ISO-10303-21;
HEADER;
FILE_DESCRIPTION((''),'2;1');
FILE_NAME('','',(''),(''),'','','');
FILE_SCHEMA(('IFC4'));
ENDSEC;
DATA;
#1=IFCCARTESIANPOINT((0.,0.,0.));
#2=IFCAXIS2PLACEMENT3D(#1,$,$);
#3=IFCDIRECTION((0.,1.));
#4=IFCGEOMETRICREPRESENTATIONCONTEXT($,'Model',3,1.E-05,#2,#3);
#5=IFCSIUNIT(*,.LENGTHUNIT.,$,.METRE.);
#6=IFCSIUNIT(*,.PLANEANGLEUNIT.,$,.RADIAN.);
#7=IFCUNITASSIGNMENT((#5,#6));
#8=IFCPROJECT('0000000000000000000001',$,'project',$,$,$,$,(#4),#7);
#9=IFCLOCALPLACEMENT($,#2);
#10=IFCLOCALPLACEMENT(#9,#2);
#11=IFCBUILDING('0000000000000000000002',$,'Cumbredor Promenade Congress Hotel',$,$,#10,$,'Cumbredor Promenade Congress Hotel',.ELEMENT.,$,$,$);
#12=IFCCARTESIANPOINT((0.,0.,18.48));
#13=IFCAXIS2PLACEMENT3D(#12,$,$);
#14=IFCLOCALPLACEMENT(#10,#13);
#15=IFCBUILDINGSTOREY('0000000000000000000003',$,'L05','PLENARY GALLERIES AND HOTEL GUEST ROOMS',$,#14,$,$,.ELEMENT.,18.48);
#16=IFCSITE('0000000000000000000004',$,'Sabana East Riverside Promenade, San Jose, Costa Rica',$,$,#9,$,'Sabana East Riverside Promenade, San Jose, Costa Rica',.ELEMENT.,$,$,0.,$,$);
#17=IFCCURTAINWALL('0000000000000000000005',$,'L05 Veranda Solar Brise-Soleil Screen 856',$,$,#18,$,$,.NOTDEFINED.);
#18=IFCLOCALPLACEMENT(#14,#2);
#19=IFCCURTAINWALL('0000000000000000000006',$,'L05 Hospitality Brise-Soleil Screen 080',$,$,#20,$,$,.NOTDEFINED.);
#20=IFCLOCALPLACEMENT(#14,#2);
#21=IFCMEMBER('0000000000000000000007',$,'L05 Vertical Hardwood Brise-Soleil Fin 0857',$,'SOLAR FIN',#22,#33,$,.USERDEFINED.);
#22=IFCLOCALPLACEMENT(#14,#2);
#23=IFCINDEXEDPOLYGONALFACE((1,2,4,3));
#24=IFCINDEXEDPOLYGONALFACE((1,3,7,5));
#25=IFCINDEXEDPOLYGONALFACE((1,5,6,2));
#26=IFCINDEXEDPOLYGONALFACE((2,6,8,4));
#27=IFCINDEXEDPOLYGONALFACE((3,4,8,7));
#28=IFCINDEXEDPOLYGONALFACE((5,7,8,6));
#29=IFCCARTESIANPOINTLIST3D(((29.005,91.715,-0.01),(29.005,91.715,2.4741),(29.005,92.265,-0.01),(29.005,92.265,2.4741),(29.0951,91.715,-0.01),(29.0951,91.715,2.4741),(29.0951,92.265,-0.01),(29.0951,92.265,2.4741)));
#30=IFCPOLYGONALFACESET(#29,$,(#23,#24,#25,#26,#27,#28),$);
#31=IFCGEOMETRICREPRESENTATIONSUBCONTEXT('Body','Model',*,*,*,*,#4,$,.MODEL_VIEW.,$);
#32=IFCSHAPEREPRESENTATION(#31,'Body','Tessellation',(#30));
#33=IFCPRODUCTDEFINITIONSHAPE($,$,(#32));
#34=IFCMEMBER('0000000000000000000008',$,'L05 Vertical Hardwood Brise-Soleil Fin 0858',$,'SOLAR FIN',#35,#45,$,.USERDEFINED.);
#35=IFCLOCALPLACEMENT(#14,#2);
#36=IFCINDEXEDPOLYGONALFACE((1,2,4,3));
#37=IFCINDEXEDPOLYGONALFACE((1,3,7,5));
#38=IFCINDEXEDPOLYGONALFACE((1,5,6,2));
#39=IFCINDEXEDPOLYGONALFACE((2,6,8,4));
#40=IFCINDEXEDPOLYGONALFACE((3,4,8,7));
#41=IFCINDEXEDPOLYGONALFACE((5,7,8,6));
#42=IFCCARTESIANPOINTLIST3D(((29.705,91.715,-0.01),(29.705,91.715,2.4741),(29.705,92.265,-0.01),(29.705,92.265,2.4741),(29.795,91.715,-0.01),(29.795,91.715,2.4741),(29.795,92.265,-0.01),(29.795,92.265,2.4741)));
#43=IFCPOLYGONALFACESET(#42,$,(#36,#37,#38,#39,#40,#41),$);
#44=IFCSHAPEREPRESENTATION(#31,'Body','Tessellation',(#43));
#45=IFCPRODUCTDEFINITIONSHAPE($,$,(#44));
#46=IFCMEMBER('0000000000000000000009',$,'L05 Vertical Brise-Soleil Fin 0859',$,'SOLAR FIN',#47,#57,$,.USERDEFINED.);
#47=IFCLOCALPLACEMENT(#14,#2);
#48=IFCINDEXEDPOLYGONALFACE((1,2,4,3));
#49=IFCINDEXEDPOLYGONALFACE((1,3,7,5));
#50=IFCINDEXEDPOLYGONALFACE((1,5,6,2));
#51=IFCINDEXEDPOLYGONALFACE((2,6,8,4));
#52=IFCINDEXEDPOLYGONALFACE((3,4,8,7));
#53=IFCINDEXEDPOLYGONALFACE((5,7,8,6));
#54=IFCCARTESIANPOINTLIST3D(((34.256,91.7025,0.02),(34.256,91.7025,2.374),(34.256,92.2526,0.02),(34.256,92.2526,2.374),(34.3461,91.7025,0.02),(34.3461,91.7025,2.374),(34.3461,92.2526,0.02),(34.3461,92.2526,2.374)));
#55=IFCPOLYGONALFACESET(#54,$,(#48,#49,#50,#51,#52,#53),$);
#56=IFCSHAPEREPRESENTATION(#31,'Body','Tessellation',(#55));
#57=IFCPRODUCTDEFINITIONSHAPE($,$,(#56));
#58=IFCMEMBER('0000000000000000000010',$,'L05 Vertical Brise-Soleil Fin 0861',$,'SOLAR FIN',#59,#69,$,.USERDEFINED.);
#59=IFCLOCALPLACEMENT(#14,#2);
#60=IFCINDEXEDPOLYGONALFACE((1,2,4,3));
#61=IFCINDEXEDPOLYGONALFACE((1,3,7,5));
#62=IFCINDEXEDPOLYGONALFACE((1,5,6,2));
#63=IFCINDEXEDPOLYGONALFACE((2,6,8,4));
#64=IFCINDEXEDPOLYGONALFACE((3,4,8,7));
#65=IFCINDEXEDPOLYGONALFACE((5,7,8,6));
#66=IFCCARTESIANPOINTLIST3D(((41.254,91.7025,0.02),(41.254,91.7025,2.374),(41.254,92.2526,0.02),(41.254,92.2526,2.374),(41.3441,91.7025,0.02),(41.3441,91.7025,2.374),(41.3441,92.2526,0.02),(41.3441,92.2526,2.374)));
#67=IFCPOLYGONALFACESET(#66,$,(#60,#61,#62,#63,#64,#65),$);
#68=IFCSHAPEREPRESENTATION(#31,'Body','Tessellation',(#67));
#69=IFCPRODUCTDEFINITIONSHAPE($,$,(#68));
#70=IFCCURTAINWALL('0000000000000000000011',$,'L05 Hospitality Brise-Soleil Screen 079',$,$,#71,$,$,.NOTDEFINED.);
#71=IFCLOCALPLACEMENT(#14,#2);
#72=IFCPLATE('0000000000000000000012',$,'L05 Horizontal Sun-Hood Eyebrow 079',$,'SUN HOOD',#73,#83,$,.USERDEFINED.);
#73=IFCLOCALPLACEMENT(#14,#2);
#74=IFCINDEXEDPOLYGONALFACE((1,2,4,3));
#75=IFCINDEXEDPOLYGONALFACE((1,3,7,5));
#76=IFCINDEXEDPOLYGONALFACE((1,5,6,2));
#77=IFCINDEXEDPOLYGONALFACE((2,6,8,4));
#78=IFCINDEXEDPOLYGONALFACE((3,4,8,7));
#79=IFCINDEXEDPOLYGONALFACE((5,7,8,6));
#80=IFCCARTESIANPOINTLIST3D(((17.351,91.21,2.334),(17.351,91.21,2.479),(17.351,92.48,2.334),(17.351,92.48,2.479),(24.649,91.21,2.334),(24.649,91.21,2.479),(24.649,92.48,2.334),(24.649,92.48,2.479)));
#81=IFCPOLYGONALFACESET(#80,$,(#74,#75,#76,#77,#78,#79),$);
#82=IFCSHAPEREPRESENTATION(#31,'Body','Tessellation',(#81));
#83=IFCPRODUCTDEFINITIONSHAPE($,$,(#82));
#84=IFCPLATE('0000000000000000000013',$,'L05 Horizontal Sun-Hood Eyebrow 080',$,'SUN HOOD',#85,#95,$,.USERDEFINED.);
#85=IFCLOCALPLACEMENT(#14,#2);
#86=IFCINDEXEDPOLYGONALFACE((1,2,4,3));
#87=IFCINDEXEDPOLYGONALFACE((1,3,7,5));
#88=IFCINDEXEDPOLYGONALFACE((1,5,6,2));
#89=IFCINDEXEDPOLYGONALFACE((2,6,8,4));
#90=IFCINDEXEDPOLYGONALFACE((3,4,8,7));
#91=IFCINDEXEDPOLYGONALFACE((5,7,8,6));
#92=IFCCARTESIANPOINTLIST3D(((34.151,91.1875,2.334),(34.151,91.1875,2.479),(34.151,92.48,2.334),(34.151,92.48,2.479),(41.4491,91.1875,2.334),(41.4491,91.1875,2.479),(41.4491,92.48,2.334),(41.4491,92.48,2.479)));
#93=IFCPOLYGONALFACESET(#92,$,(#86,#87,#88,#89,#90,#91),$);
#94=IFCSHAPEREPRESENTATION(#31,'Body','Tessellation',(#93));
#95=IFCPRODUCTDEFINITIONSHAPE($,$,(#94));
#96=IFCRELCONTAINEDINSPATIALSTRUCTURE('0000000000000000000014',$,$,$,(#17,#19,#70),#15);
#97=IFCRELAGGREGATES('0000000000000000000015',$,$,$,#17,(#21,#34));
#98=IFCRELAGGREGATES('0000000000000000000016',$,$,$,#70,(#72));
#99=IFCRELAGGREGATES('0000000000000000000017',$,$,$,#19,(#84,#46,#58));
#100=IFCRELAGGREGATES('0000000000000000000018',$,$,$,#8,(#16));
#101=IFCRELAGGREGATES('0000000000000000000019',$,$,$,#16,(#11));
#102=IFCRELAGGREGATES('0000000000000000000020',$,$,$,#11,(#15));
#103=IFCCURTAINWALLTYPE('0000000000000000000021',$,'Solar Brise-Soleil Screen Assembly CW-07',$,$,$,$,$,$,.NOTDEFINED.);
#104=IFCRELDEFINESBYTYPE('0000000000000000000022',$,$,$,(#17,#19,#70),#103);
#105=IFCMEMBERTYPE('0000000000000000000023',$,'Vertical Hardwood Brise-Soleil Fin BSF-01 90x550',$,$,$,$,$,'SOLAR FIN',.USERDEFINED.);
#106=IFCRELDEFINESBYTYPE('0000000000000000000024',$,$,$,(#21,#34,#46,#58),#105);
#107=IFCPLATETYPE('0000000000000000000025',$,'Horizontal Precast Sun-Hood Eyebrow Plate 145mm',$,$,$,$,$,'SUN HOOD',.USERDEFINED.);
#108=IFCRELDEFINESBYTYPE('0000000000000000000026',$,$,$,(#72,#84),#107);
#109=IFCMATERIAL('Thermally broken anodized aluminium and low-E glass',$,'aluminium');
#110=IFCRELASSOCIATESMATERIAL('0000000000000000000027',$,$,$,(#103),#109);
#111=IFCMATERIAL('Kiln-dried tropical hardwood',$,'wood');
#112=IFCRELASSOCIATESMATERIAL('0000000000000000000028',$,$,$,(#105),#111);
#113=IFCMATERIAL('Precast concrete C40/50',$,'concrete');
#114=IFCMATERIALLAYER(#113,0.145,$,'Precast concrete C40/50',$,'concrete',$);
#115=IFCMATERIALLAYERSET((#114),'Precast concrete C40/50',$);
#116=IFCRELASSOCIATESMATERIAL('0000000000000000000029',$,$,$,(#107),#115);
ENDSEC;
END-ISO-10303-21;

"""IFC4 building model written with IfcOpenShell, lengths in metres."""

from ifc_helpers import new_model, si_unit, direction, frame, origin, origin_2d, place, context, subcontext, project, spatial, rectangle, extrude, material, layer, layer_set, material_profile, profile_set, type_object, element, aggregate, save


model = new_model("IFC4")

# Units and contexts
model_context = context("Model", 3, precision=1e-05, world=origin(), true_north=direction((0.0, 1.0)))
body_context = subcontext(model_context, "Body", "Model", "MODEL_VIEW")
ifc_project = project(units=[si_unit("LENGTHUNIT", "METRE"), si_unit("PLANEANGLEUNIT", "RADIAN")], contexts=[model_context])

# Site, building, storey
site_placement = place(None, origin())
site = spatial("IfcSite", under=ifc_project, at=site_placement, Name="Sabana East Riverside Promenade, San Jose, Costa Rica", LongName="Sabana East Riverside Promenade, San Jose, Costa Rica", CompositionType="ELEMENT", RefElevation=0.0)
building_placement = place(site_placement, origin())
building = spatial("IfcBuilding", under=site, at=building_placement, Name="Cumbredor Promenade Congress Hotel", LongName="Cumbredor Promenade Congress Hotel", CompositionType="ELEMENT")
storey_placement = place(building_placement, frame((0.0, 0.0, 18.48)))
storey = spatial("IfcBuildingStorey", under=building, at=storey_placement, Name="L05", Description="PLENARY GALLERIES AND HOTEL GUEST ROOMS", CompositionType="ELEMENT", Elevation=18.48)

# Curtain walls
ifc_material_1 = material(Name="Thermally broken anodized aluminium and low-E glass", Category="aluminium")
curtain_wall_type = type_object("IfcCurtainWallType", Name="Solar Brise-Soleil Screen Assembly CW-07", PredefinedType="NOTDEFINED", material=ifc_material_1)
curtain_wall_1_placement = place(storey_placement, origin())
curtain_wall_1 = element("IfcCurtainWall", 1, at=curtain_wall_1_placement, inside=storey, type_object=curtain_wall_type, Name="L05 Veranda Solar Brise-Soleil Screen 856", PredefinedType="NOTDEFINED")
curtain_wall_2_placement = place(storey_placement, origin())
curtain_wall_2 = element("IfcCurtainWall", 2, at=curtain_wall_2_placement, inside=storey, type_object=curtain_wall_type, Name="L05 Hospitality Brise-Soleil Screen 080", PredefinedType="NOTDEFINED")

# Members
ifc_material_2 = material(Name="Kiln-dried tropical hardwood", Category="wood")
ifc_material_profile_1 = material_profile(ifc_material_2, rectangle(XDim=0.0901, YDim=0.55, at=origin_2d()), Name="ARCH FIN 90x550")
ifc_profile_set_1 = profile_set([ifc_material_profile_1], Name="Kiln-dried tropical hardwood")
member_type_1 = type_object("IfcMemberType", Name="Vertical Hardwood Brise-Soleil Fin BSF-01 90x550", ElementType="SOLAR FIN", PredefinedType="USERDEFINED", material=ifc_profile_set_1)
member_1_placement = place(storey_placement, frame((29.05, 91.99, -0.01), z_axis=(0.0, 0.0, 1.0), x_axis=(1.0, 0.0, 0.0)))
member_1 = element("IfcMember", 3, at=member_1_placement, type_object=member_type_1, Name="L05 Vertical Hardwood Brise-Soleil Fin 0857", ObjectType="SOLAR FIN", PredefinedType="USERDEFINED", context=body_context, shape_type="SweptSolid", body=[
    extrude(rectangle(XDim=0.0901, YDim=0.55, at=origin_2d()), origin(), (0.0, 0.0, 1.0), 2.4841),
])
member_2_placement = place(storey_placement, frame((29.75, 91.99, -0.01), z_axis=(0.0, 0.0, 1.0), x_axis=(1.0, 0.0, 0.0)))
member_2 = element("IfcMember", 4, at=member_2_placement, type_object=member_type_1, Name="L05 Vertical Hardwood Brise-Soleil Fin 0858", ObjectType="SOLAR FIN", PredefinedType="USERDEFINED", context=body_context, shape_type="SweptSolid", body=[
    extrude(rectangle(XDim=0.0901, YDim=0.55, at=origin_2d()), origin(), (0.0, 0.0, 1.0), 2.4841),
])
aggregate(curtain_wall_1, [member_1, member_2])
member_3_placement = place(storey_placement, frame((34.301, 91.9775, 0.02), z_axis=(0.0, 0.0, 1.0), x_axis=(1.0, 0.0, 0.0)))
member_3 = element("IfcMember", 5, at=member_3_placement, type_object=member_type_1, Name="L05 Vertical Brise-Soleil Fin 0859", ObjectType="SOLAR FIN", PredefinedType="USERDEFINED", context=body_context, shape_type="SweptSolid", body=[
    extrude(rectangle(XDim=0.0901, YDim=0.55, at=origin_2d()), origin(), (0.0, 0.0, 1.0), 2.354),
])
member_4_placement = place(storey_placement, frame((41.2991, 91.9775, 0.02), z_axis=(0.0, 0.0, 1.0), x_axis=(1.0, 0.0, 0.0)))
member_4 = element("IfcMember", 6, at=member_4_placement, type_object=member_type_1, Name="L05 Vertical Brise-Soleil Fin 0861", ObjectType="SOLAR FIN", PredefinedType="USERDEFINED", context=body_context, shape_type="SweptSolid", body=[
    extrude(rectangle(XDim=0.0901, YDim=0.55, at=origin_2d()), origin(), (0.0, 0.0, 1.0), 2.354),
])

# Curtain wall, plate
curtain_wall_3_placement = place(storey_placement, origin())
curtain_wall_3 = element("IfcCurtainWall", 7, at=curtain_wall_3_placement, inside=storey, type_object=curtain_wall_type, Name="L05 Hospitality Brise-Soleil Screen 079", PredefinedType="NOTDEFINED")
ifc_material_3 = material(Name="Precast concrete C40/50", Category="concrete")
ifc_layer = layer(ifc_material_3, 0.145, Name="Precast concrete C40/50", Category="concrete")
ifc_layer_set = layer_set([ifc_layer], Name="Precast concrete C40/50")
plate_type = type_object("IfcPlateType", Name="Horizontal Precast Sun-Hood Eyebrow Plate 145mm", ElementType="SUN HOOD", PredefinedType="USERDEFINED", material=ifc_layer_set)
plate_1_placement = place(storey_placement, frame((21.0, 91.845, 2.334), z_axis=(0.0, 0.0, 1.0), x_axis=(1.0, 0.0, 0.0)))
plate_1 = element("IfcPlate", 8, at=plate_1_placement, type_object=plate_type, Name="L05 Horizontal Sun-Hood Eyebrow 079", ObjectType="SUN HOOD", PredefinedType="USERDEFINED", context=body_context, shape_type="SweptSolid", body=[
    extrude(rectangle(XDim=7.2981, YDim=1.27, at=origin_2d()), origin(), (0.0, 0.0, 1.0), 0.145),
])
aggregate(curtain_wall_3, [plate_1])

# Plate
plate_2_placement = place(storey_placement, frame((37.8, 91.8337, 2.334), z_axis=(0.0, 0.0, 1.0), x_axis=(1.0, 0.0, 0.0)))
plate_2 = element("IfcPlate", 9, at=plate_2_placement, type_object=plate_type, Name="L05 Horizontal Sun-Hood Eyebrow 080", ObjectType="SUN HOOD", PredefinedType="USERDEFINED", context=body_context, shape_type="SweptSolid", body=[
    extrude(rectangle(XDim=7.2981, YDim=1.2925, at=origin_2d()), origin(), (0.0, 0.0, 1.0), 0.145),
])
aggregate(curtain_wall_2, [plate_2, member_3, member_4])

save(model, "model.ifc")
